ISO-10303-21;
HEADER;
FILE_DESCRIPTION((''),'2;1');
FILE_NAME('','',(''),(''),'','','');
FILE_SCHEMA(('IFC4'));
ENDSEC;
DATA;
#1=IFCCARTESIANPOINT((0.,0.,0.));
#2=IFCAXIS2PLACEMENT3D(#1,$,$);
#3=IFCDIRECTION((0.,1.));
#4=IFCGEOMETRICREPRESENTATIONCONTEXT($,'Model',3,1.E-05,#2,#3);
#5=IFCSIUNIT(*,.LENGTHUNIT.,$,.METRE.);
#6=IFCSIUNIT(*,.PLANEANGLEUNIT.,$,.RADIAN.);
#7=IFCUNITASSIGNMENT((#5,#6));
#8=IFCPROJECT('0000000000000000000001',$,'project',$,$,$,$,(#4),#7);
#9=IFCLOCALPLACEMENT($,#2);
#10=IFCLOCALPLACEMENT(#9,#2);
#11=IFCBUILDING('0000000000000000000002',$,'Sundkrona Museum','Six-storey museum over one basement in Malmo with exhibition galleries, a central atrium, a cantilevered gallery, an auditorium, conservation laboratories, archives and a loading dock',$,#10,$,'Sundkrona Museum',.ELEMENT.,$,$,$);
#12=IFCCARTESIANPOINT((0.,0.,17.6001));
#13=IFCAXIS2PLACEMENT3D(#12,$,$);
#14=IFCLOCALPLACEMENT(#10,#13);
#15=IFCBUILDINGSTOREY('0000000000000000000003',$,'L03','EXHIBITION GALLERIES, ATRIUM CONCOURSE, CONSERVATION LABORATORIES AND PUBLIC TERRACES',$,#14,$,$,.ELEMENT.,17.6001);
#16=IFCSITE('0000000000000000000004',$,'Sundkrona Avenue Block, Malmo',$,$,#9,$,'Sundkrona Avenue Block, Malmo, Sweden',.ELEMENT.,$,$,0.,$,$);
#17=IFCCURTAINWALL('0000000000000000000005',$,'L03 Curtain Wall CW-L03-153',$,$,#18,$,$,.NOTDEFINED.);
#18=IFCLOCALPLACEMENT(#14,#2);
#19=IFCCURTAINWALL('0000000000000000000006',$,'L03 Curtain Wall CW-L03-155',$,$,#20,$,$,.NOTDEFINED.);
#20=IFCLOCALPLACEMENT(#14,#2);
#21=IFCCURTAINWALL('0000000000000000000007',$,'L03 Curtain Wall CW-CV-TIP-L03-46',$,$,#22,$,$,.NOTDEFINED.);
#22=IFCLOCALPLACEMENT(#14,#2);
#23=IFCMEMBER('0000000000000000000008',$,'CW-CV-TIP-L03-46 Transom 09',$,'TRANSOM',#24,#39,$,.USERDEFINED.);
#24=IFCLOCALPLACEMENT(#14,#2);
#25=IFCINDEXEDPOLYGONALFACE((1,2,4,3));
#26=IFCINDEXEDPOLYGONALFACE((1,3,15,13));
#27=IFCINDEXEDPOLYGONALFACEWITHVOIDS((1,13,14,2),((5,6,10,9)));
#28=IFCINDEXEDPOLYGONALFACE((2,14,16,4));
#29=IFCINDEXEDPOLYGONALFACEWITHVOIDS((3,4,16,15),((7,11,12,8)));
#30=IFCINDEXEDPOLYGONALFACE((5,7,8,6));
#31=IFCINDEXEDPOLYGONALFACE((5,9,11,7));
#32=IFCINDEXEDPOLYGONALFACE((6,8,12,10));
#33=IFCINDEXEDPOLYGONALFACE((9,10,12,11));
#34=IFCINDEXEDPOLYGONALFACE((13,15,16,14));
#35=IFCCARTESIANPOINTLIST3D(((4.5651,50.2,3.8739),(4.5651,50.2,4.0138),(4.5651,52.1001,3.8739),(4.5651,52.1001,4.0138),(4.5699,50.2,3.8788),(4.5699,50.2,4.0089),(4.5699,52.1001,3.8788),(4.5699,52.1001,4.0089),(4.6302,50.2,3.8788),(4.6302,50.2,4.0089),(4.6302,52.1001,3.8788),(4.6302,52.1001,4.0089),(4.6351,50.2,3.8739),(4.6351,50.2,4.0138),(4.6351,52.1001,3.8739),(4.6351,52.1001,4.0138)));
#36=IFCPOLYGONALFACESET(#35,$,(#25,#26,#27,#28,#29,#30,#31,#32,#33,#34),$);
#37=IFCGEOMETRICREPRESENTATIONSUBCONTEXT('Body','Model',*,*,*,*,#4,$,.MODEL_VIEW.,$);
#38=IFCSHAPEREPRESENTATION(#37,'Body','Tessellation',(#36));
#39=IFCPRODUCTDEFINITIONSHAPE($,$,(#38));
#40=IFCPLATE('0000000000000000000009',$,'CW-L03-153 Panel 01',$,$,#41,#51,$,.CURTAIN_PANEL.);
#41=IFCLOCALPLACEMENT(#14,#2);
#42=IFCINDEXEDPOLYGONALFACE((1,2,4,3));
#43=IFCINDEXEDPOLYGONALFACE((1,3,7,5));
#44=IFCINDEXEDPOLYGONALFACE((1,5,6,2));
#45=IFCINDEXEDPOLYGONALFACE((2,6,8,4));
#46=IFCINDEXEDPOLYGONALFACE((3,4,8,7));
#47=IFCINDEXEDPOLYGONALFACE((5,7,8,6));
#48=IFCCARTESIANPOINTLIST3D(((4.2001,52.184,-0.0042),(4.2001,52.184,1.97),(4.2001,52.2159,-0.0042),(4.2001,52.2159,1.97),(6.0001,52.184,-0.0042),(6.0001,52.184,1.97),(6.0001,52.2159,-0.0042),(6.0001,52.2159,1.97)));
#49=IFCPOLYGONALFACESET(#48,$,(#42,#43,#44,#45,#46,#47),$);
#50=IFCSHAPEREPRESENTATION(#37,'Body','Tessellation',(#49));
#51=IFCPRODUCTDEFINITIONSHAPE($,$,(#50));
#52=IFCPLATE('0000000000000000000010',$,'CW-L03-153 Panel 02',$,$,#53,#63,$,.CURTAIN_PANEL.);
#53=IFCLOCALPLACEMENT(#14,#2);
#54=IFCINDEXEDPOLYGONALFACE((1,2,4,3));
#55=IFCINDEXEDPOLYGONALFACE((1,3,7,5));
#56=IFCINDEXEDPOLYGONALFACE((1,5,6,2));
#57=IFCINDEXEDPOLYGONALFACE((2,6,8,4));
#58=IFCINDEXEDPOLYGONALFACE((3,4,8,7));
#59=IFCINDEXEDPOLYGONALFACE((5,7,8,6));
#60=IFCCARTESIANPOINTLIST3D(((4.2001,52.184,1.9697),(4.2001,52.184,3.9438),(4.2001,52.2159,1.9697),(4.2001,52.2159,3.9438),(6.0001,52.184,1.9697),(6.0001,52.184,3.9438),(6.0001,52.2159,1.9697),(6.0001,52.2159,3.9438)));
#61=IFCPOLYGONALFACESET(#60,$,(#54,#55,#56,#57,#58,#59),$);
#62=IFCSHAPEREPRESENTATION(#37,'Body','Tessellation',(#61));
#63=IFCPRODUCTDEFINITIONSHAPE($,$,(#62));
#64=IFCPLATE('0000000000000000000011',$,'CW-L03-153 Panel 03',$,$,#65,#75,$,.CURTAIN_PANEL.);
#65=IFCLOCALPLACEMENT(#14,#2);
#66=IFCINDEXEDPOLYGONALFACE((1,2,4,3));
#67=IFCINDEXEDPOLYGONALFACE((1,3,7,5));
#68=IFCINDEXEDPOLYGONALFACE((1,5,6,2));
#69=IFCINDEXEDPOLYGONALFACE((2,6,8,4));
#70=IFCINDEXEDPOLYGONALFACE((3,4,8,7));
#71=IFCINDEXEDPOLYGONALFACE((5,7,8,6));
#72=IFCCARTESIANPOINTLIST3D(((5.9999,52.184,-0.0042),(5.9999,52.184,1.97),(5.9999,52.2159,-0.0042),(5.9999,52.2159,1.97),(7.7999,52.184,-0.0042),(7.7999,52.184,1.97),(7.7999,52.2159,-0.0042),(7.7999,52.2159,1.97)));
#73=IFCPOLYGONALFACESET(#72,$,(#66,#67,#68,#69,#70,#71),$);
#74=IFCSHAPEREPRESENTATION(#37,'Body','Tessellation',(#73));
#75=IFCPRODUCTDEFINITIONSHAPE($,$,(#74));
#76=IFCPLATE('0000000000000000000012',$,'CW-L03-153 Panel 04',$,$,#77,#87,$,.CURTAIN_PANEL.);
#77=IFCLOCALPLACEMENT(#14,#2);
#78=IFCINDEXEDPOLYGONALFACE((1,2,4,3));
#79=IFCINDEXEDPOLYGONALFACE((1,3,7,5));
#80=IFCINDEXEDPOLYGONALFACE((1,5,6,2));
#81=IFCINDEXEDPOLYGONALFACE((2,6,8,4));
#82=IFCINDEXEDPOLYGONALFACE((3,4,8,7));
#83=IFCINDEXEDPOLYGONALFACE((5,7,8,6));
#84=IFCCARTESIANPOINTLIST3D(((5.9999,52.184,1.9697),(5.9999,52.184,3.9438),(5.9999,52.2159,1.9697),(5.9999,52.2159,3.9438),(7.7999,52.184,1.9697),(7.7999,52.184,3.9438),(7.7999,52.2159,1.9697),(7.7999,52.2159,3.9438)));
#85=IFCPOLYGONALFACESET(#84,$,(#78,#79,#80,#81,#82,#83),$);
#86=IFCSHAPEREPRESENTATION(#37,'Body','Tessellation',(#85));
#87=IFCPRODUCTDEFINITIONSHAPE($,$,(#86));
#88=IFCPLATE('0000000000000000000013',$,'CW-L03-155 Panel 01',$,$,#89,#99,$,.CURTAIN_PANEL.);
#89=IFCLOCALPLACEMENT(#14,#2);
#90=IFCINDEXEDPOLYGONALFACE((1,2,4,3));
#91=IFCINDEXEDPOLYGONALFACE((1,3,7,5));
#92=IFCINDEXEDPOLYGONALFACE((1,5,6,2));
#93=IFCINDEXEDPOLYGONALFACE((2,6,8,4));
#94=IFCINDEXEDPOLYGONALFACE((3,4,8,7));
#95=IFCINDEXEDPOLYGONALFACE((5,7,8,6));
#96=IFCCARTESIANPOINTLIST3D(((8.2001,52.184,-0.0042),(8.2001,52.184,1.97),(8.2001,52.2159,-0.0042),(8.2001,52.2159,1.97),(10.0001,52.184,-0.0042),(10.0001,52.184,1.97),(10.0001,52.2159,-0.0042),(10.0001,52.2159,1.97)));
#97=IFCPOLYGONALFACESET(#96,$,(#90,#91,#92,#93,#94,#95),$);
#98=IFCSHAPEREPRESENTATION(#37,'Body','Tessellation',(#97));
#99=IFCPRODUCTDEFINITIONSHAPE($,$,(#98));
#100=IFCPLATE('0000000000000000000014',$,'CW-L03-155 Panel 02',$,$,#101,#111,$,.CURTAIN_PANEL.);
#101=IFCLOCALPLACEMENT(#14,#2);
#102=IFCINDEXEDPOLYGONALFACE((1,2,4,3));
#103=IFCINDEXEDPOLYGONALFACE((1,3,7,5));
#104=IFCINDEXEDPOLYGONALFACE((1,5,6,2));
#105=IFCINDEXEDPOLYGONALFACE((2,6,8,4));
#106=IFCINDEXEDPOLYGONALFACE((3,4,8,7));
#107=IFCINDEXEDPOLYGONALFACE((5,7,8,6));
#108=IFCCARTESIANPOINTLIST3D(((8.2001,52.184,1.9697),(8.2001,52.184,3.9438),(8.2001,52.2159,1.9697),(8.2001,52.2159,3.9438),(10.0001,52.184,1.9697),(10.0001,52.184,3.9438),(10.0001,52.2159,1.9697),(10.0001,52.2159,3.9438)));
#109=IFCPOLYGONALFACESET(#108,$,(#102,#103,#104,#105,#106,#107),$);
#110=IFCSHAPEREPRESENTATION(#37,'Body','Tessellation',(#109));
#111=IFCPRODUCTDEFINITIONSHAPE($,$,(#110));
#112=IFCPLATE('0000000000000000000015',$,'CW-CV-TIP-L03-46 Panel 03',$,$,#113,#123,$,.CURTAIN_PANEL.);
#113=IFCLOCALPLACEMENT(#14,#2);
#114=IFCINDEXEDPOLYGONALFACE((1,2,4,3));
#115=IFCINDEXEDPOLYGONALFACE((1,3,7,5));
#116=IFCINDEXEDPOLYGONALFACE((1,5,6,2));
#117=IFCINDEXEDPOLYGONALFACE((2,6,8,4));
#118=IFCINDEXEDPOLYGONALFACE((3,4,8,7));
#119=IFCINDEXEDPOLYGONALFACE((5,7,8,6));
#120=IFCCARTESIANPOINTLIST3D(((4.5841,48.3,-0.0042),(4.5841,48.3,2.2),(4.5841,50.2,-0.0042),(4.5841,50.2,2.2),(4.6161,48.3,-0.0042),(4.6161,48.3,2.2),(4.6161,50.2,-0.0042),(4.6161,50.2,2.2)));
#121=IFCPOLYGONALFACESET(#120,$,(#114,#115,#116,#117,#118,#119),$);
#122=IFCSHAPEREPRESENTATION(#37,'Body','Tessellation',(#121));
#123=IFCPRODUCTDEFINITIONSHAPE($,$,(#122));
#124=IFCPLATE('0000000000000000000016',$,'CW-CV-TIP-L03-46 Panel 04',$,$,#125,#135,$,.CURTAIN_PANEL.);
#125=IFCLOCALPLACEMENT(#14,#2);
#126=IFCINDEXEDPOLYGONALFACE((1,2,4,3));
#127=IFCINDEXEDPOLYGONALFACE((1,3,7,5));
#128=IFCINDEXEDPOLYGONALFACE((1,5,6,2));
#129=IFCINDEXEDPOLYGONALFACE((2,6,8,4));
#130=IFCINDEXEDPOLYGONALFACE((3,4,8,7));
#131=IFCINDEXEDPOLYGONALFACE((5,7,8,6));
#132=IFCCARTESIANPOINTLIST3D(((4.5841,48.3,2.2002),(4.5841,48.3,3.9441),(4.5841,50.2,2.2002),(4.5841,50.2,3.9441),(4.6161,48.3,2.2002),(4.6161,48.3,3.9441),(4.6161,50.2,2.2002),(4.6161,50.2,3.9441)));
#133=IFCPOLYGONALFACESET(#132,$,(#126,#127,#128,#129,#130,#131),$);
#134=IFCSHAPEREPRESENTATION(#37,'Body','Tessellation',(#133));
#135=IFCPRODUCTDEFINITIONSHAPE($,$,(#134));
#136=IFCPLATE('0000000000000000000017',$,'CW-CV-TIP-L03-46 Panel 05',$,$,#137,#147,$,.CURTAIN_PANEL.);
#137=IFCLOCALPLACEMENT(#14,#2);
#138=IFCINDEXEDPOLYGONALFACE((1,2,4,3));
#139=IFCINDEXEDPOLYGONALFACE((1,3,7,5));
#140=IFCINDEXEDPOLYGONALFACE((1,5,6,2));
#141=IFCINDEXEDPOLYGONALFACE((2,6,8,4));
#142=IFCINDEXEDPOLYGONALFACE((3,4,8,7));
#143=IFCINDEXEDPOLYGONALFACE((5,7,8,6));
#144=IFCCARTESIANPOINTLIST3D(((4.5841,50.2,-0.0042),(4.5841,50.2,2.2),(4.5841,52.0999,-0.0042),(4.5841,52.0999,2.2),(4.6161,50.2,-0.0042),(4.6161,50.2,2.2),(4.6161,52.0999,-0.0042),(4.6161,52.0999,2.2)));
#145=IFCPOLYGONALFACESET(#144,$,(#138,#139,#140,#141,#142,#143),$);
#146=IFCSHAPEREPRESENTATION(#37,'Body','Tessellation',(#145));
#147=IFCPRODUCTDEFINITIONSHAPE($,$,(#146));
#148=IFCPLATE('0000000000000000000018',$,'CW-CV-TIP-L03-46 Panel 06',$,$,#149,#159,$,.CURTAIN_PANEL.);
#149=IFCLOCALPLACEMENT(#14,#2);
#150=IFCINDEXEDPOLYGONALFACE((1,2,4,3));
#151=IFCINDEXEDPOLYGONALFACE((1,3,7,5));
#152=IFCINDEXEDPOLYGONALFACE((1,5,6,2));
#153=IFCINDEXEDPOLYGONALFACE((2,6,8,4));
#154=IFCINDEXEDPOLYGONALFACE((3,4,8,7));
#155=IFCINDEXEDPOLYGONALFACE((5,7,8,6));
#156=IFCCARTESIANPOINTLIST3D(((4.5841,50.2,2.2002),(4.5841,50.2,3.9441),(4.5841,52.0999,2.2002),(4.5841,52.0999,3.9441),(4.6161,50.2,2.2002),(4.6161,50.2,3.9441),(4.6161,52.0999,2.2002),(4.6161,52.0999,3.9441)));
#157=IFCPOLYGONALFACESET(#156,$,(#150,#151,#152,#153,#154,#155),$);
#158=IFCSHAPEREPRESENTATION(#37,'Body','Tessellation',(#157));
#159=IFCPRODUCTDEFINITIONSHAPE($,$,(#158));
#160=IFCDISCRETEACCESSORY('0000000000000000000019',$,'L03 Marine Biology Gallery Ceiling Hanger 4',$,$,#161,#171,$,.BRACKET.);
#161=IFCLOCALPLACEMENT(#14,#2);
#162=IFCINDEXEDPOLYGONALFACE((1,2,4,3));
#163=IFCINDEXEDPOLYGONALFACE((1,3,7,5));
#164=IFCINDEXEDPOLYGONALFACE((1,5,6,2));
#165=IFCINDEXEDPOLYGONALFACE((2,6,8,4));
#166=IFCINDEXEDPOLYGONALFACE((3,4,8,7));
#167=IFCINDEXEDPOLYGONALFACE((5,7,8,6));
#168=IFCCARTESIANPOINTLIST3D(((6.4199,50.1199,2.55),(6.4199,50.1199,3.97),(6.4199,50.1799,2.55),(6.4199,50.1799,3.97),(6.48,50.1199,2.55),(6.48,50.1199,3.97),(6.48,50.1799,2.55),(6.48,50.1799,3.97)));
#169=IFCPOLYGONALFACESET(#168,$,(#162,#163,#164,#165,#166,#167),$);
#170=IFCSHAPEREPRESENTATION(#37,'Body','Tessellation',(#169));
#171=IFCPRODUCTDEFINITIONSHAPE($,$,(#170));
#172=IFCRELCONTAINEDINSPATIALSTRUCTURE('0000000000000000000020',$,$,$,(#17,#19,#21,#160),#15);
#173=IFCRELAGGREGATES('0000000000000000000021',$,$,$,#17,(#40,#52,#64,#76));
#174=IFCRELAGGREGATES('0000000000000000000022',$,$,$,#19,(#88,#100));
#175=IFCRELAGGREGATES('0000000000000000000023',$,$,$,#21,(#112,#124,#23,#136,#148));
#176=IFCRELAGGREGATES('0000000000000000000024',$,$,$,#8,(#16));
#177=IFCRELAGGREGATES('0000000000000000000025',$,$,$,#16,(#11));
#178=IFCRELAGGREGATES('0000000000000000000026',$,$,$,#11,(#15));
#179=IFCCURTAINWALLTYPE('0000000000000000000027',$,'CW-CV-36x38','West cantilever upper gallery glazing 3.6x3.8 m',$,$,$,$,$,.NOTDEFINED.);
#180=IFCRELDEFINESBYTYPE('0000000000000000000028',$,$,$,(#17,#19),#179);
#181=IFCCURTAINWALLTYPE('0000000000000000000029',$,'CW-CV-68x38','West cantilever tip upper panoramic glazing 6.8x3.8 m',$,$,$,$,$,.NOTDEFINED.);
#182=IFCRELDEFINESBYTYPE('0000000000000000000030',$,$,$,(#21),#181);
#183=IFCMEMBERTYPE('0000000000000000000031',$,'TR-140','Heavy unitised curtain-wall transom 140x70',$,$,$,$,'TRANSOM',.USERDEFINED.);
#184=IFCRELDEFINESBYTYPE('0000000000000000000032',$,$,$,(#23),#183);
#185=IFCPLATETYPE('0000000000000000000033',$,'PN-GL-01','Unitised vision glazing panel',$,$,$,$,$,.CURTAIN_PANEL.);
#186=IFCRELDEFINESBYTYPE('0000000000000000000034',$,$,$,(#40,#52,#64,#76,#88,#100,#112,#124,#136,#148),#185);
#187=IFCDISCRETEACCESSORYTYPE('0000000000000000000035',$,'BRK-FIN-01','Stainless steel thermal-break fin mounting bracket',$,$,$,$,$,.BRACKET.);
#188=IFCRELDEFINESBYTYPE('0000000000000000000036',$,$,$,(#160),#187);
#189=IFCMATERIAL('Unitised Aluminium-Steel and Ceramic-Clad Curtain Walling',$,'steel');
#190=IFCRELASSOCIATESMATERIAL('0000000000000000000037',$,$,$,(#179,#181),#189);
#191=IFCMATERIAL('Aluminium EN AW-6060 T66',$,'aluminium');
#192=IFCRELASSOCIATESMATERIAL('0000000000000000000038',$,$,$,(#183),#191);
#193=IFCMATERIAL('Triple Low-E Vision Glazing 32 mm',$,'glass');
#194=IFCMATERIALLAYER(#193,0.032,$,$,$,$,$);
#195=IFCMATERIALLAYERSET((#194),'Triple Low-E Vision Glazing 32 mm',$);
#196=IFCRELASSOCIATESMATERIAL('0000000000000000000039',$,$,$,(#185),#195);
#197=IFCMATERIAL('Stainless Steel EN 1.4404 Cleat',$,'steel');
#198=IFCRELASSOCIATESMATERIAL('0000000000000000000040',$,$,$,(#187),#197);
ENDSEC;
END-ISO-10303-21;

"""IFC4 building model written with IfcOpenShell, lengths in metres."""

from ifc_helpers import new_model, si_unit, direction, frame, origin, origin_2d, place, context, subcontext, project, spatial, rectangle, hollow_rectangle, extrude, material, layer, layer_set, material_profile, profile_set, type_object, element, aggregate, save


model = new_model("IFC4")

# Units and contexts
model_context = context("Model", 3, precision=1e-05, world=origin(), true_north=direction((0.0, 1.0)))
body_context = subcontext(model_context, "Body", "Model", "MODEL_VIEW")
ifc_project = project(units=[si_unit("LENGTHUNIT", "METRE"), si_unit("PLANEANGLEUNIT", "RADIAN")], contexts=[model_context])

# Site, building, storey
site_placement = place(None, origin())
site = spatial("IfcSite", under=ifc_project, at=site_placement, Name="Sundkrona Avenue Block, Malmo", LongName="Sundkrona Avenue Block, Malmo, Sweden", CompositionType="ELEMENT", RefElevation=0.0)
building_placement = place(site_placement, origin())
building = spatial("IfcBuilding", under=site, at=building_placement, Name="Sundkrona Museum", Description="Six-storey museum over one basement in Malmo with exhibition galleries, a central atrium, a cantilevered gallery, an auditorium, conservation laboratories, archives and a loading dock", LongName="Sundkrona Museum", CompositionType="ELEMENT")
storey_placement = place(building_placement, frame((0.0, 0.0, 17.6001)))
storey = spatial("IfcBuildingStorey", under=building, at=storey_placement, Name="L03", Description="EXHIBITION GALLERIES, ATRIUM CONCOURSE, CONSERVATION LABORATORIES AND PUBLIC TERRACES", CompositionType="ELEMENT", Elevation=17.6001)

# Curtain walls
ifc_material_1 = material(Name="Unitised Aluminium-Steel and Ceramic-Clad Curtain Walling", Category="steel")
curtain_wall_type_1 = type_object("IfcCurtainWallType", Name="CW-CV-36x38", Description="West cantilever upper gallery glazing 3.6x3.8 m", PredefinedType="NOTDEFINED", material=ifc_material_1)
curtain_wall_1_placement = place(storey_placement, origin())
curtain_wall_1 = element("IfcCurtainWall", 1, at=curtain_wall_1_placement, inside=storey, type_object=curtain_wall_type_1, Name="L03 Curtain Wall CW-L03-153", PredefinedType="NOTDEFINED")
ifc_material_2 = material(Name="Aluminium EN AW-6060 T66", Category="aluminium")
curtain_wall_2_placement = place(storey_placement, origin())
curtain_wall_2 = element("IfcCurtainWall", 2, at=curtain_wall_2_placement, inside=storey, type_object=curtain_wall_type_1, Name="L03 Curtain Wall CW-L03-155", PredefinedType="NOTDEFINED")
curtain_wall_type_2 = type_object("IfcCurtainWallType", Name="CW-CV-68x38", Description="West cantilever tip upper panoramic glazing 6.8x3.8 m", PredefinedType="NOTDEFINED", material=ifc_material_1)
curtain_wall_3_placement = place(storey_placement, origin())
curtain_wall_3 = element("IfcCurtainWall", 3, at=curtain_wall_3_placement, inside=storey, type_object=curtain_wall_type_2, Name="L03 Curtain Wall CW-CV-TIP-L03-46", PredefinedType="NOTDEFINED")

# Member
ifc_material_profile_1 = material_profile(ifc_material_2, hollow_rectangle(XDim=0.0701, YDim=0.1399, WallThickness=0.0049, at=origin_2d()), Name="RHS 140x70x5.0")
ifc_profile_set_1 = profile_set([ifc_material_profile_1], Name="Aluminium EN AW-6060 T66")
member_type_1 = type_object("IfcMemberType", Name="TR-140", Description="Heavy unitised curtain-wall transom 140x70", ElementType="TRANSOM", PredefinedType="USERDEFINED", material=ifc_profile_set_1)
member_1_placement = place(storey_placement, frame((4.6001, 50.2, 3.9438), z_axis=(0.0, 1.0, 0.0), x_axis=(-1.0, 0.0, 0.0)))
member_1 = element("IfcMember", 4, at=member_1_placement, type_object=member_type_1, Name="CW-CV-TIP-L03-46 Transom 09", ObjectType="TRANSOM", PredefinedType="USERDEFINED", context=body_context, shape_type="SweptSolid", body=[
    extrude(hollow_rectangle(XDim=0.0701, YDim=0.1399, WallThickness=0.0049, at=origin_2d()), origin(), (0.0, 0.0, 1.0), 1.9001),
])

# Plates
ifc_material_3 = material(Name="Triple Low-E Vision Glazing 32 mm", Category="glass")
ifc_layer = layer(ifc_material_3, 0.032)
ifc_layer_set = layer_set([ifc_layer], Name="Triple Low-E Vision Glazing 32 mm")
plate_type = type_object("IfcPlateType", Name="PN-GL-01", Description="Unitised vision glazing panel", PredefinedType="CURTAIN_PANEL", material=ifc_layer_set)
plate_1_placement = place(storey_placement, frame((5.1001, 52.2, -0.0042), z_axis=(0.0, 0.0, 1.0), x_axis=(1.0, 0.0, 0.0)))
plate_1 = element("IfcPlate", 5, at=plate_1_placement, type_object=plate_type, Name="CW-L03-153 Panel 01", PredefinedType="CURTAIN_PANEL", context=body_context, shape_type="SweptSolid", body=[
    extrude(rectangle(XDim=1.8, YDim=0.032, at=origin_2d()), origin(), (0.0, 0.0, 1.0), 1.9741),
])
plate_2_placement = place(storey_placement, frame((5.1001, 52.2, 1.9697), z_axis=(0.0, 0.0, 1.0), x_axis=(1.0, 0.0, 0.0)))
plate_2 = element("IfcPlate", 6, at=plate_2_placement, type_object=plate_type, Name="CW-L03-153 Panel 02", PredefinedType="CURTAIN_PANEL", context=body_context, shape_type="SweptSolid", body=[
    extrude(rectangle(XDim=1.8, YDim=0.032, at=origin_2d()), origin(), (0.0, 0.0, 1.0), 1.9741),
])
plate_3_placement = place(storey_placement, frame((6.8999, 52.2, -0.0042), z_axis=(0.0, 0.0, 1.0), x_axis=(1.0, 0.0, 0.0)))
plate_3 = element("IfcPlate", 7, at=plate_3_placement, type_object=plate_type, Name="CW-L03-153 Panel 03", PredefinedType="CURTAIN_PANEL", context=body_context, shape_type="SweptSolid", body=[
    extrude(rectangle(XDim=1.8, YDim=0.032, at=origin_2d()), origin(), (0.0, 0.0, 1.0), 1.9741),
])
plate_4_placement = place(storey_placement, frame((6.8999, 52.2, 1.9697), z_axis=(0.0, 0.0, 1.0), x_axis=(1.0, 0.0, 0.0)))
plate_4 = element("IfcPlate", 8, at=plate_4_placement, type_object=plate_type, Name="CW-L03-153 Panel 04", PredefinedType="CURTAIN_PANEL", context=body_context, shape_type="SweptSolid", body=[
    extrude(rectangle(XDim=1.8, YDim=0.032, at=origin_2d()), origin(), (0.0, 0.0, 1.0), 1.9741),
])
aggregate(curtain_wall_1, [plate_1, plate_2, plate_3, plate_4])
plate_5_placement = place(storey_placement, frame((9.1001, 52.2, -0.0042), z_axis=(0.0, 0.0, 1.0), x_axis=(1.0, 0.0, 0.0)))
plate_5 = element("IfcPlate", 9, at=plate_5_placement, type_object=plate_type, Name="CW-L03-155 Panel 01", PredefinedType="CURTAIN_PANEL", context=body_context, shape_type="SweptSolid", body=[
    extrude(rectangle(XDim=1.8, YDim=0.032, at=origin_2d()), origin(), (0.0, 0.0, 1.0), 1.9741),
])
plate_6_placement = place(storey_placement, frame((9.1001, 52.2, 1.9697), z_axis=(0.0, 0.0, 1.0), x_axis=(1.0, 0.0, 0.0)))
plate_6 = element("IfcPlate", 10, at=plate_6_placement, type_object=plate_type, Name="CW-L03-155 Panel 02", PredefinedType="CURTAIN_PANEL", context=body_context, shape_type="SweptSolid", body=[
    extrude(rectangle(XDim=1.8, YDim=0.032, at=origin_2d()), origin(), (0.0, 0.0, 1.0), 1.9741),
])
aggregate(curtain_wall_2, [plate_5, plate_6])
plate_7_placement = place(storey_placement, frame((4.6001, 49.25, -0.0042), z_axis=(0.0, 0.0, 1.0), x_axis=(0.0, 1.0, 0.0)))
plate_7 = element("IfcPlate", 11, at=plate_7_placement, type_object=plate_type, Name="CW-CV-TIP-L03-46 Panel 03", PredefinedType="CURTAIN_PANEL", context=body_context, shape_type="SweptSolid", body=[
    extrude(rectangle(XDim=1.8999, YDim=0.032, at=origin_2d()), origin(), (0.0, 0.0, 1.0), 2.2041),
])
plate_8_placement = place(storey_placement, frame((4.6001, 49.25, 2.2002), z_axis=(0.0, 0.0, 1.0), x_axis=(0.0, 1.0, 0.0)))
plate_8 = element("IfcPlate", 12, at=plate_8_placement, type_object=plate_type, Name="CW-CV-TIP-L03-46 Panel 04", PredefinedType="CURTAIN_PANEL", context=body_context, shape_type="SweptSolid", body=[
    extrude(rectangle(XDim=1.8999, YDim=0.032, at=origin_2d()), origin(), (0.0, 0.0, 1.0), 1.7439),
])
plate_9_placement = place(storey_placement, frame((4.6001, 51.1499, -0.0042), z_axis=(0.0, 0.0, 1.0), x_axis=(0.0, 1.0, 0.0)))
plate_9 = element("IfcPlate", 13, at=plate_9_placement, type_object=plate_type, Name="CW-CV-TIP-L03-46 Panel 05", PredefinedType="CURTAIN_PANEL", context=body_context, shape_type="SweptSolid", body=[
    extrude(rectangle(XDim=1.8999, YDim=0.032, at=origin_2d()), origin(), (0.0, 0.0, 1.0), 2.2041),
])
plate_10_placement = place(storey_placement, frame((4.6001, 51.1499, 2.2002), z_axis=(0.0, 0.0, 1.0), x_axis=(0.0, 1.0, 0.0)))
plate_10 = element("IfcPlate", 14, at=plate_10_placement, type_object=plate_type, Name="CW-CV-TIP-L03-46 Panel 06", PredefinedType="CURTAIN_PANEL", context=body_context, shape_type="SweptSolid", body=[
    extrude(rectangle(XDim=1.8999, YDim=0.032, at=origin_2d()), origin(), (0.0, 0.0, 1.0), 1.7439),
])
aggregate(curtain_wall_3, [plate_7, plate_8, member_1, plate_9, plate_10])

# Discrete accessory
ifc_material_4 = material(Name="Stainless Steel EN 1.4404 Cleat", Category="steel")
discrete_accessory_type = type_object("IfcDiscreteAccessoryType", Name="BRK-FIN-01", Description="Stainless steel thermal-break fin mounting bracket", PredefinedType="BRACKET", material=ifc_material_4)
discrete_accessory_placement = place(storey_placement, frame((6.45, 50.1499, 2.55), z_axis=(0.0, 0.0, 1.0), x_axis=(1.0, 0.0, 0.0)))
element("IfcDiscreteAccessory", 15, at=discrete_accessory_placement, inside=storey, type_object=discrete_accessory_type, Name="L03 Marine Biology Gallery Ceiling Hanger 4", PredefinedType="BRACKET", context=body_context, shape_type="SweptSolid", body=[
    extrude(rectangle(XDim=0.0601, YDim=0.0601, at=origin_2d()), origin(), (0.0, 0.0, 1.0), 1.4199),
])

save(model, "model.ifc")
